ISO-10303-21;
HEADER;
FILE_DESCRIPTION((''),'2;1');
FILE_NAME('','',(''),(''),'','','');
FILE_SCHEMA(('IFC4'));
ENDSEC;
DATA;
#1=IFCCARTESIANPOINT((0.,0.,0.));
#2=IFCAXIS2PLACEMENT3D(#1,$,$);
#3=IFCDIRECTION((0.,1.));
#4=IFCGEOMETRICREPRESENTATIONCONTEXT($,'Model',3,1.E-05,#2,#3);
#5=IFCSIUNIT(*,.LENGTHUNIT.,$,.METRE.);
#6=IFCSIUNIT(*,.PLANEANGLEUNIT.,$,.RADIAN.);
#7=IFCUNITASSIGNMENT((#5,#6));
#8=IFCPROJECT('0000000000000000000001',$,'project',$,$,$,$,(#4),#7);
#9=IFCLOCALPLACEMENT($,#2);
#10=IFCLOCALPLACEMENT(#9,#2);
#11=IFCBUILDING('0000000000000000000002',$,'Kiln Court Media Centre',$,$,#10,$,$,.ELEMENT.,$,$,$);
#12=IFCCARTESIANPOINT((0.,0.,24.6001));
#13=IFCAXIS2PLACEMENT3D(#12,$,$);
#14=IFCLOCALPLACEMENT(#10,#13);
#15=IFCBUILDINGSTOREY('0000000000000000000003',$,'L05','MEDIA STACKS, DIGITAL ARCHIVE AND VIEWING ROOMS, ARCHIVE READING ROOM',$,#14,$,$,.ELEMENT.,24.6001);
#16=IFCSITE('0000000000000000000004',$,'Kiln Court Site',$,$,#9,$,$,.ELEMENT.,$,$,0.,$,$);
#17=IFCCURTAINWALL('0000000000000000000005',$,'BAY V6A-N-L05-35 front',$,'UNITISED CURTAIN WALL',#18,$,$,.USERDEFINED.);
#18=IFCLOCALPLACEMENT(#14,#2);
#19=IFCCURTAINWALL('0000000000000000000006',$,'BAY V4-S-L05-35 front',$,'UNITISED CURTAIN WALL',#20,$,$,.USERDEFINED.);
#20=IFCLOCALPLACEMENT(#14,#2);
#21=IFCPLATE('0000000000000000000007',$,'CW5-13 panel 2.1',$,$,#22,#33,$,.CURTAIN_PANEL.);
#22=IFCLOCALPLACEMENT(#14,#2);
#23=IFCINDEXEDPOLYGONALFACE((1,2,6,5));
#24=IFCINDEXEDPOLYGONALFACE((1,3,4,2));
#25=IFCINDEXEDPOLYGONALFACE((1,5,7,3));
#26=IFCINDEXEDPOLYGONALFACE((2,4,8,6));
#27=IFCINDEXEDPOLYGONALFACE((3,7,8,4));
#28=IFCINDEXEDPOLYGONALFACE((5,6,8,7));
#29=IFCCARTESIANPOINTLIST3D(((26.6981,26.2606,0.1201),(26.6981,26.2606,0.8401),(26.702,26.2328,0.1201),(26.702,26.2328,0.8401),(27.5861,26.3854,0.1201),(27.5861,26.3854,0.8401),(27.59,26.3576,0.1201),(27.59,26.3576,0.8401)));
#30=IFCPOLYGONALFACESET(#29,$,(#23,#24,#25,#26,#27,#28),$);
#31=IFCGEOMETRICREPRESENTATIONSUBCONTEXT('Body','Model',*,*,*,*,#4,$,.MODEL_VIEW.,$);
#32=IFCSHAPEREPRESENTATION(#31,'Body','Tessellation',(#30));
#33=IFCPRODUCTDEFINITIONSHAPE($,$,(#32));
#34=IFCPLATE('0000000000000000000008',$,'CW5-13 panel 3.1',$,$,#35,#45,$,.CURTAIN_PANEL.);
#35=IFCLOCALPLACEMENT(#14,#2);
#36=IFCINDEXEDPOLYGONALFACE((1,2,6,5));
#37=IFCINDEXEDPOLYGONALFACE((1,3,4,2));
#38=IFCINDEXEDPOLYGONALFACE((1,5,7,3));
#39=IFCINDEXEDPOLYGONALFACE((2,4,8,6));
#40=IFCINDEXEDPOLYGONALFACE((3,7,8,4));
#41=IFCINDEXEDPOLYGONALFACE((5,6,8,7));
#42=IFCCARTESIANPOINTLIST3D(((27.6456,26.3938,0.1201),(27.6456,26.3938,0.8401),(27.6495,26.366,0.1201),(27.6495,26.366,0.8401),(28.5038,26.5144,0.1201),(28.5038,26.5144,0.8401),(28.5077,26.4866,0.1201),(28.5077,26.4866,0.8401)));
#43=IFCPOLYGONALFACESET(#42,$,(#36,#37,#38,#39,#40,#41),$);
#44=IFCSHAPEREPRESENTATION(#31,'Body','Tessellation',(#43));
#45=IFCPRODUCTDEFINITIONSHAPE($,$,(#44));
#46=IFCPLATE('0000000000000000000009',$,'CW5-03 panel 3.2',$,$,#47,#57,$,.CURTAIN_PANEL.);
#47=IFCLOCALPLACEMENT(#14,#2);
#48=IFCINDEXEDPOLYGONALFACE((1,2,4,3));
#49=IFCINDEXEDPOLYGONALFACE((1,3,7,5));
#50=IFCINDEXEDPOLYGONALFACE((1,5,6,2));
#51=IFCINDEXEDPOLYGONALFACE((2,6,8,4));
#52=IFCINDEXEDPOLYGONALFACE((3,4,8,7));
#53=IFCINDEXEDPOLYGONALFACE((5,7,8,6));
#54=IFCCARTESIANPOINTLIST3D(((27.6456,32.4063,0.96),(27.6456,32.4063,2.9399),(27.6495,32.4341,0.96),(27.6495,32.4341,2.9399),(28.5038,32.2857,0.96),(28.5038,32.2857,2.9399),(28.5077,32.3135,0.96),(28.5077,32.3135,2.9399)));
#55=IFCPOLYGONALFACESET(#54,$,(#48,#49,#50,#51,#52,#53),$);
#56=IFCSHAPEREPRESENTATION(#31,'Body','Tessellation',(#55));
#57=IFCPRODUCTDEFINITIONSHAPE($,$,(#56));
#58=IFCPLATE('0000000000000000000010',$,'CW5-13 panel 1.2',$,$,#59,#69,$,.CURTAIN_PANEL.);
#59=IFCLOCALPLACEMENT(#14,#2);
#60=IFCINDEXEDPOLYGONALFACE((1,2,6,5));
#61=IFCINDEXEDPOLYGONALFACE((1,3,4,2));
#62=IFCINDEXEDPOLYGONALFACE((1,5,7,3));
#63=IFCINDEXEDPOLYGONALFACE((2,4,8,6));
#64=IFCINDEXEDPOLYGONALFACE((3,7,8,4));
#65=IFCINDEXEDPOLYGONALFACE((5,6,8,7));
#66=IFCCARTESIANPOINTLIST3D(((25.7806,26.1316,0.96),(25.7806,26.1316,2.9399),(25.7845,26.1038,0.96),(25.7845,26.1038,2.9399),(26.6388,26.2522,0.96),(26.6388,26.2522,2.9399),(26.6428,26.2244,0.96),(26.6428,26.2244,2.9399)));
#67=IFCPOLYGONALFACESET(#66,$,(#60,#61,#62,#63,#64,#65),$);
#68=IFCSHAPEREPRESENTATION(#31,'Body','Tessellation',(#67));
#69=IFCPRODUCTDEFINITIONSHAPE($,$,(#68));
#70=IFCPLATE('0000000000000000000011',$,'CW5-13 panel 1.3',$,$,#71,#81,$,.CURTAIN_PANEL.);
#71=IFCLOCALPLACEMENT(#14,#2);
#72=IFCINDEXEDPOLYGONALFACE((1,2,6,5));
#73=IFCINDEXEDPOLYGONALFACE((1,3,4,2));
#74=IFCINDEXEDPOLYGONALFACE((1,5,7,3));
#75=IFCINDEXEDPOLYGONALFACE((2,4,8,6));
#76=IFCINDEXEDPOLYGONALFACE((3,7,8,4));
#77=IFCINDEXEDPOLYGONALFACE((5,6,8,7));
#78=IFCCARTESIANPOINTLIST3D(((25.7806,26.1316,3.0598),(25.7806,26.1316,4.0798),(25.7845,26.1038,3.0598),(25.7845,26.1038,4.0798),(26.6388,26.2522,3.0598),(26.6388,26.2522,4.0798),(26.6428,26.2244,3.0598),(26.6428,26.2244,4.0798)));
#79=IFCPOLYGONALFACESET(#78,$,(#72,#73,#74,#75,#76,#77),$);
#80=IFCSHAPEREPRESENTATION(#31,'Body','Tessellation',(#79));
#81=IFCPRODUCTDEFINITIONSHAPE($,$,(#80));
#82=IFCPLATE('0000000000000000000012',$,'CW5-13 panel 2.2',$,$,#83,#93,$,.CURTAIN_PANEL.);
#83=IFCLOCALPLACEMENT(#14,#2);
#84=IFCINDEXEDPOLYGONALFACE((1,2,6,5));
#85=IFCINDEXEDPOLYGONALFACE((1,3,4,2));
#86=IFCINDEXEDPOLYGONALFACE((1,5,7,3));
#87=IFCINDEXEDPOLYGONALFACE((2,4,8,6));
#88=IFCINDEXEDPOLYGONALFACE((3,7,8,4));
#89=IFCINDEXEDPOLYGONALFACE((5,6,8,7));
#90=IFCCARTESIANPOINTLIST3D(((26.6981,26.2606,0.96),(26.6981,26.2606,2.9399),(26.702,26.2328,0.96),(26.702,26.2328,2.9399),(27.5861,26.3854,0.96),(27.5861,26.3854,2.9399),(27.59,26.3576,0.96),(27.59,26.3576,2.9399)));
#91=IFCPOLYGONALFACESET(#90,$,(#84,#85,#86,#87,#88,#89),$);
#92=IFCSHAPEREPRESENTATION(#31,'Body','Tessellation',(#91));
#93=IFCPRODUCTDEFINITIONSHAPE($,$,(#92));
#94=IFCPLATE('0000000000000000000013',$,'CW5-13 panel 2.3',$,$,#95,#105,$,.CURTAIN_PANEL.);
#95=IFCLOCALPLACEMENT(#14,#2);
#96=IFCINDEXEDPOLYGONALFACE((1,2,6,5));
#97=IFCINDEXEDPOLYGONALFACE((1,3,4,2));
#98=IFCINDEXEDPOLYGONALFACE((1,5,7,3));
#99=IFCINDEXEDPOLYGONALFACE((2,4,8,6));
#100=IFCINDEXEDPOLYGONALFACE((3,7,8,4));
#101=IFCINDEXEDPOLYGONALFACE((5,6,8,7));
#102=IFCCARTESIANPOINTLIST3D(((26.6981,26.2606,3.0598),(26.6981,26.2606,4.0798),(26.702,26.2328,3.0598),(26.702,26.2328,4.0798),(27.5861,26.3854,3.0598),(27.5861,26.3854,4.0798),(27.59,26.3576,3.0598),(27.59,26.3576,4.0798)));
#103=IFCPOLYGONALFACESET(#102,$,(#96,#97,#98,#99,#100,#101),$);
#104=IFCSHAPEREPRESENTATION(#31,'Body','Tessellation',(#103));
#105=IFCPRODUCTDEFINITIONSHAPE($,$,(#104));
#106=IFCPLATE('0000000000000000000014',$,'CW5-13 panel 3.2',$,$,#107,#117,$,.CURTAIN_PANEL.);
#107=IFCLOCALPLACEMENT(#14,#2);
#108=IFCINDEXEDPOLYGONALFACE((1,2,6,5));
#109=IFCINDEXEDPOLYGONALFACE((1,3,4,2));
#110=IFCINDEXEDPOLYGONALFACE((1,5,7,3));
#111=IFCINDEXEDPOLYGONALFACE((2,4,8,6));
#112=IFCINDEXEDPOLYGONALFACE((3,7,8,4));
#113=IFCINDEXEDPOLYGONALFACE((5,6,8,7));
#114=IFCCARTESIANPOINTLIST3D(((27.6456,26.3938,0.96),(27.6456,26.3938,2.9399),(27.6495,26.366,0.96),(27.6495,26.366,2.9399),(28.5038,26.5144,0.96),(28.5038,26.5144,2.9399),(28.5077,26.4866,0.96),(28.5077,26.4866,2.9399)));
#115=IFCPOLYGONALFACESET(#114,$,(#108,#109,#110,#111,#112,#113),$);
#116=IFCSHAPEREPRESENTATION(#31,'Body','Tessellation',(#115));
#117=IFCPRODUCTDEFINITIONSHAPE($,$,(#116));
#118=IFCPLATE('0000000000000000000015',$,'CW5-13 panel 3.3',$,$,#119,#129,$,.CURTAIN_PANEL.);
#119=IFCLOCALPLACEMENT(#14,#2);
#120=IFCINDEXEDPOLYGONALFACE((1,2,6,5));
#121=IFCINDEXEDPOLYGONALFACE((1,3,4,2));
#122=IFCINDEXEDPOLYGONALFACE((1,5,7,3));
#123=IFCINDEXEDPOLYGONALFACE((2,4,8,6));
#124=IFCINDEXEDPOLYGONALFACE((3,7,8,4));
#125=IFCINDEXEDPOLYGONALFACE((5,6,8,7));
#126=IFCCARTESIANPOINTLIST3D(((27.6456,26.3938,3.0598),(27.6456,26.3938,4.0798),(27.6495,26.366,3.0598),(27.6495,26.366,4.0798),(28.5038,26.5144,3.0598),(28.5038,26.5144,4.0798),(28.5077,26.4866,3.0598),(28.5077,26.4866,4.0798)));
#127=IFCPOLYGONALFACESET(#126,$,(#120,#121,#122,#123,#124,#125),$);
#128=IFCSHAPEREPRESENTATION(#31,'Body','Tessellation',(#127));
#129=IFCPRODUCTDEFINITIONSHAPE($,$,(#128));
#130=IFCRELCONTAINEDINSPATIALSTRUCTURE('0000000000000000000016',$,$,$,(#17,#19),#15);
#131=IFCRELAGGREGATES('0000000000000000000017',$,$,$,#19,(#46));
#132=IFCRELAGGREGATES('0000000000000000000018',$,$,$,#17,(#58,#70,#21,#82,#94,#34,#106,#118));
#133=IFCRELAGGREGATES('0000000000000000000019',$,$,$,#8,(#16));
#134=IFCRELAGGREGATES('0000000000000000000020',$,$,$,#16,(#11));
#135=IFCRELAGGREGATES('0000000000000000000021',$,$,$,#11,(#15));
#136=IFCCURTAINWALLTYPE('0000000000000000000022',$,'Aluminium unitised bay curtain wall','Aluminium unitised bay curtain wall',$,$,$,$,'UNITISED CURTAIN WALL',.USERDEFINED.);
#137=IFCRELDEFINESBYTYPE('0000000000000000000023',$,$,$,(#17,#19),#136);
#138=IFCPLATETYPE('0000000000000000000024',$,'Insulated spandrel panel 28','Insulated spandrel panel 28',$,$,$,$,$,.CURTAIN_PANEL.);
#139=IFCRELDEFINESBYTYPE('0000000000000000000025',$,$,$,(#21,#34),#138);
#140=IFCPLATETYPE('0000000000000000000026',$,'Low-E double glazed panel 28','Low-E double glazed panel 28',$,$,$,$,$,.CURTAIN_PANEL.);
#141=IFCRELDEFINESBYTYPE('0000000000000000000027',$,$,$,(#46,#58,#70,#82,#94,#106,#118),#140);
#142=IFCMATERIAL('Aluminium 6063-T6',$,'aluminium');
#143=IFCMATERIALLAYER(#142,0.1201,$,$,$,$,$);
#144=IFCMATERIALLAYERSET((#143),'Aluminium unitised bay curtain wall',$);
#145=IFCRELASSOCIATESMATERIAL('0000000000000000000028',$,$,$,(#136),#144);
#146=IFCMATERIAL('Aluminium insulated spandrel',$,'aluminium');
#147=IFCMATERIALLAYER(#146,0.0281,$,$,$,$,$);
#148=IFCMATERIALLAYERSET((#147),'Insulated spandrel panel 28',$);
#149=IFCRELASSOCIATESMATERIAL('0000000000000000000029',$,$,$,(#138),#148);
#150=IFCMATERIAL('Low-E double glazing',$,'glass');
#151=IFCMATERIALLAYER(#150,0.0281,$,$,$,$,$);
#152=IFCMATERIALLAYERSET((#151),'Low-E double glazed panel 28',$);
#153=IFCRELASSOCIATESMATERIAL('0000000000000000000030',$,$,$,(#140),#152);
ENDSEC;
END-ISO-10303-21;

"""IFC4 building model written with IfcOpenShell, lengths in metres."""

from ifc_helpers import new_model, si_unit, direction, frame, origin, origin_2d, place, context, subcontext, project, spatial, rectangle, extrude, material, layer, layer_set, type_object, element, aggregate, save


model = new_model("IFC4")

# Units and contexts
model_context = context("Model", 3, precision=1e-05, world=origin(), true_north=direction((0.0, 1.0)))
body_context = subcontext(model_context, "Body", "Model", "MODEL_VIEW")
ifc_project = project(units=[si_unit("LENGTHUNIT", "METRE"), si_unit("PLANEANGLEUNIT", "RADIAN")], contexts=[model_context])

# Site, building, storey
site_placement = place(None, origin())
site = spatial("IfcSite", under=ifc_project, at=site_placement, Name="Kiln Court Site", CompositionType="ELEMENT", RefElevation=0.0)
building_placement = place(site_placement, origin())
building = spatial("IfcBuilding", under=site, at=building_placement, Name="Kiln Court Media Centre", CompositionType="ELEMENT")
storey_placement = place(building_placement, frame((0.0, 0.0, 24.6001)))
storey = spatial("IfcBuildingStorey", under=building, at=storey_placement, Name="L05", Description="MEDIA STACKS, DIGITAL ARCHIVE AND VIEWING ROOMS, ARCHIVE READING ROOM", CompositionType="ELEMENT", Elevation=24.6001)

# Curtain wall
ifc_material_1 = material(Name="Aluminium 6063-T6", Category="aluminium")
ifc_layer_1 = layer(ifc_material_1, 0.1201)
ifc_layer_set_1 = layer_set([ifc_layer_1], Name="Aluminium unitised bay curtain wall")
curtain_wall_type = type_object("IfcCurtainWallType", Name="Aluminium unitised bay curtain wall", Description="Aluminium unitised bay curtain wall", ElementType="UNITISED CURTAIN WALL", PredefinedType="USERDEFINED", material=ifc_layer_set_1)
curtain_wall_1_placement = place(storey_placement, origin())
curtain_wall_1 = element("IfcCurtainWall", 1, at=curtain_wall_1_placement, inside=storey, type_object=curtain_wall_type, Name="BAY V6A-N-L05-35 front", ObjectType="UNITISED CURTAIN WALL", PredefinedType="USERDEFINED")

# Curtain wall
curtain_wall_2_placement = place(storey_placement, origin())
curtain_wall_2 = element("IfcCurtainWall", 2, at=curtain_wall_2_placement, inside=storey, type_object=curtain_wall_type, Name="BAY V4-S-L05-35 front", ObjectType="UNITISED CURTAIN WALL", PredefinedType="USERDEFINED")
ifc_material_2 = material(Name="Aluminium insulated spandrel", Category="aluminium")
ifc_layer_2 = layer(ifc_material_2, 0.0281)
ifc_layer_set_2 = layer_set([ifc_layer_2], Name="Insulated spandrel panel 28")
plate_type_1 = type_object("IfcPlateType", Name="Insulated spandrel panel 28", Description="Insulated spandrel panel 28", PredefinedType="CURTAIN_PANEL", material=ifc_layer_set_2)

# Plates
plate_1_placement = place(storey_placement, frame((27.144, 26.3091, 0.1201), z_axis=(0.0, 0.0, 1.0), x_axis=(0.99027, 0.139162, 0.0)))
plate_1 = element("IfcPlate", 3, at=plate_1_placement, type_object=plate_type_1, Name="CW5-13 panel 2.1", PredefinedType="CURTAIN_PANEL", context=body_context, shape_type="SweptSolid", body=[
    extrude(rectangle(XDim=0.8967, YDim=0.0281, at=origin_2d()), origin(), (0.0, 0.0, 1.0), 0.72),
])
plate_2_placement = place(storey_placement, frame((28.0767, 26.4402, 0.1201), z_axis=(0.0, 0.0, 1.0), x_axis=(0.99027, 0.139162, 0.0)))
plate_2 = element("IfcPlate", 4, at=plate_2_placement, type_object=plate_type_1, Name="CW5-13 panel 3.1", PredefinedType="CURTAIN_PANEL", context=body_context, shape_type="SweptSolid", body=[
    extrude(rectangle(XDim=0.8667, YDim=0.0281, at=origin_2d()), origin(), (0.0, 0.0, 1.0), 0.72),
])
ifc_material_3 = material(Name="Low-E double glazing", Category="glass")
ifc_layer_3 = layer(ifc_material_3, 0.0281)
ifc_layer_set_3 = layer_set([ifc_layer_3], Name="Low-E double glazed panel 28")
plate_type_2 = type_object("IfcPlateType", Name="Low-E double glazed panel 28", Description="Low-E double glazed panel 28", PredefinedType="CURTAIN_PANEL", material=ifc_layer_set_3)
plate_3_placement = place(storey_placement, frame((28.0767, 32.3599, 0.96), z_axis=(0.0, 0.0, 1.0), x_axis=(0.99027, -0.139162, 0.0)))
plate_3 = element("IfcPlate", 5, at=plate_3_placement, type_object=plate_type_2, Name="CW5-03 panel 3.2", PredefinedType="CURTAIN_PANEL", context=body_context, shape_type="SweptSolid", body=[
    extrude(rectangle(XDim=0.8667, YDim=0.0281, at=origin_2d()), origin(), (0.0, 0.0, 1.0), 1.98),
])
aggregate(curtain_wall_2, [plate_3])
plate_4_placement = place(storey_placement, frame((26.2117, 26.178, 0.96), z_axis=(0.0, 0.0, 1.0), x_axis=(0.99027, 0.139162, 0.0)))
plate_4 = element("IfcPlate", 6, at=plate_4_placement, type_object=plate_type_2, Name="CW5-13 panel 1.2", PredefinedType="CURTAIN_PANEL", context=body_context, shape_type="SweptSolid", body=[
    extrude(rectangle(XDim=0.8667, YDim=0.0281, at=origin_2d()), origin(), (0.0, 0.0, 1.0), 1.98),
])
plate_5_placement = place(storey_placement, frame((26.2117, 26.178, 3.0598), z_axis=(0.0, 0.0, 1.0), x_axis=(0.99027, 0.139162, 0.0)))
plate_5 = element("IfcPlate", 7, at=plate_5_placement, type_object=plate_type_2, Name="CW5-13 panel 1.3", PredefinedType="CURTAIN_PANEL", context=body_context, shape_type="SweptSolid", body=[
    extrude(rectangle(XDim=0.8667, YDim=0.0281, at=origin_2d()), origin(), (0.0, 0.0, 1.0), 1.02),
])
plate_6_placement = place(storey_placement, frame((27.144, 26.3091, 0.96), z_axis=(0.0, 0.0, 1.0), x_axis=(0.99027, 0.139162, 0.0)))
plate_6 = element("IfcPlate", 8, at=plate_6_placement, type_object=plate_type_2, Name="CW5-13 panel 2.2", PredefinedType="CURTAIN_PANEL", context=body_context, shape_type="SweptSolid", body=[
    extrude(rectangle(XDim=0.8967, YDim=0.0281, at=origin_2d()), origin(), (0.0, 0.0, 1.0), 1.98),
])
plate_7_placement = place(storey_placement, frame((27.144, 26.3091, 3.0598), z_axis=(0.0, 0.0, 1.0), x_axis=(0.99027, 0.139162, 0.0)))
plate_7 = element("IfcPlate", 9, at=plate_7_placement, type_object=plate_type_2, Name="CW5-13 panel 2.3", PredefinedType="CURTAIN_PANEL", context=body_context, shape_type="SweptSolid", body=[
    extrude(rectangle(XDim=0.8967, YDim=0.0281, at=origin_2d()), origin(), (0.0, 0.0, 1.0), 1.02),
])
plate_8_placement = place(storey_placement, frame((28.0767, 26.4402, 0.96), z_axis=(0.0, 0.0, 1.0), x_axis=(0.99027, 0.139162, 0.0)))
plate_8 = element("IfcPlate", 10, at=plate_8_placement, type_object=plate_type_2, Name="CW5-13 panel 3.2", PredefinedType="CURTAIN_PANEL", context=body_context, shape_type="SweptSolid", body=[
    extrude(rectangle(XDim=0.8667, YDim=0.0281, at=origin_2d()), origin(), (0.0, 0.0, 1.0), 1.98),
])
plate_9_placement = place(storey_placement, frame((28.0767, 26.4402, 3.0598), z_axis=(0.0, 0.0, 1.0), x_axis=(0.99027, 0.139162, 0.0)))
plate_9 = element("IfcPlate", 11, at=plate_9_placement, type_object=plate_type_2, Name="CW5-13 panel 3.3", PredefinedType="CURTAIN_PANEL", context=body_context, shape_type="SweptSolid", body=[
    extrude(rectangle(XDim=0.8667, YDim=0.0281, at=origin_2d()), origin(), (0.0, 0.0, 1.0), 1.02),
])
aggregate(curtain_wall_1, [plate_4, plate_5, plate_1, plate_6, plate_7, plate_2, plate_8, plate_9])

save(model, "model.ifc")
